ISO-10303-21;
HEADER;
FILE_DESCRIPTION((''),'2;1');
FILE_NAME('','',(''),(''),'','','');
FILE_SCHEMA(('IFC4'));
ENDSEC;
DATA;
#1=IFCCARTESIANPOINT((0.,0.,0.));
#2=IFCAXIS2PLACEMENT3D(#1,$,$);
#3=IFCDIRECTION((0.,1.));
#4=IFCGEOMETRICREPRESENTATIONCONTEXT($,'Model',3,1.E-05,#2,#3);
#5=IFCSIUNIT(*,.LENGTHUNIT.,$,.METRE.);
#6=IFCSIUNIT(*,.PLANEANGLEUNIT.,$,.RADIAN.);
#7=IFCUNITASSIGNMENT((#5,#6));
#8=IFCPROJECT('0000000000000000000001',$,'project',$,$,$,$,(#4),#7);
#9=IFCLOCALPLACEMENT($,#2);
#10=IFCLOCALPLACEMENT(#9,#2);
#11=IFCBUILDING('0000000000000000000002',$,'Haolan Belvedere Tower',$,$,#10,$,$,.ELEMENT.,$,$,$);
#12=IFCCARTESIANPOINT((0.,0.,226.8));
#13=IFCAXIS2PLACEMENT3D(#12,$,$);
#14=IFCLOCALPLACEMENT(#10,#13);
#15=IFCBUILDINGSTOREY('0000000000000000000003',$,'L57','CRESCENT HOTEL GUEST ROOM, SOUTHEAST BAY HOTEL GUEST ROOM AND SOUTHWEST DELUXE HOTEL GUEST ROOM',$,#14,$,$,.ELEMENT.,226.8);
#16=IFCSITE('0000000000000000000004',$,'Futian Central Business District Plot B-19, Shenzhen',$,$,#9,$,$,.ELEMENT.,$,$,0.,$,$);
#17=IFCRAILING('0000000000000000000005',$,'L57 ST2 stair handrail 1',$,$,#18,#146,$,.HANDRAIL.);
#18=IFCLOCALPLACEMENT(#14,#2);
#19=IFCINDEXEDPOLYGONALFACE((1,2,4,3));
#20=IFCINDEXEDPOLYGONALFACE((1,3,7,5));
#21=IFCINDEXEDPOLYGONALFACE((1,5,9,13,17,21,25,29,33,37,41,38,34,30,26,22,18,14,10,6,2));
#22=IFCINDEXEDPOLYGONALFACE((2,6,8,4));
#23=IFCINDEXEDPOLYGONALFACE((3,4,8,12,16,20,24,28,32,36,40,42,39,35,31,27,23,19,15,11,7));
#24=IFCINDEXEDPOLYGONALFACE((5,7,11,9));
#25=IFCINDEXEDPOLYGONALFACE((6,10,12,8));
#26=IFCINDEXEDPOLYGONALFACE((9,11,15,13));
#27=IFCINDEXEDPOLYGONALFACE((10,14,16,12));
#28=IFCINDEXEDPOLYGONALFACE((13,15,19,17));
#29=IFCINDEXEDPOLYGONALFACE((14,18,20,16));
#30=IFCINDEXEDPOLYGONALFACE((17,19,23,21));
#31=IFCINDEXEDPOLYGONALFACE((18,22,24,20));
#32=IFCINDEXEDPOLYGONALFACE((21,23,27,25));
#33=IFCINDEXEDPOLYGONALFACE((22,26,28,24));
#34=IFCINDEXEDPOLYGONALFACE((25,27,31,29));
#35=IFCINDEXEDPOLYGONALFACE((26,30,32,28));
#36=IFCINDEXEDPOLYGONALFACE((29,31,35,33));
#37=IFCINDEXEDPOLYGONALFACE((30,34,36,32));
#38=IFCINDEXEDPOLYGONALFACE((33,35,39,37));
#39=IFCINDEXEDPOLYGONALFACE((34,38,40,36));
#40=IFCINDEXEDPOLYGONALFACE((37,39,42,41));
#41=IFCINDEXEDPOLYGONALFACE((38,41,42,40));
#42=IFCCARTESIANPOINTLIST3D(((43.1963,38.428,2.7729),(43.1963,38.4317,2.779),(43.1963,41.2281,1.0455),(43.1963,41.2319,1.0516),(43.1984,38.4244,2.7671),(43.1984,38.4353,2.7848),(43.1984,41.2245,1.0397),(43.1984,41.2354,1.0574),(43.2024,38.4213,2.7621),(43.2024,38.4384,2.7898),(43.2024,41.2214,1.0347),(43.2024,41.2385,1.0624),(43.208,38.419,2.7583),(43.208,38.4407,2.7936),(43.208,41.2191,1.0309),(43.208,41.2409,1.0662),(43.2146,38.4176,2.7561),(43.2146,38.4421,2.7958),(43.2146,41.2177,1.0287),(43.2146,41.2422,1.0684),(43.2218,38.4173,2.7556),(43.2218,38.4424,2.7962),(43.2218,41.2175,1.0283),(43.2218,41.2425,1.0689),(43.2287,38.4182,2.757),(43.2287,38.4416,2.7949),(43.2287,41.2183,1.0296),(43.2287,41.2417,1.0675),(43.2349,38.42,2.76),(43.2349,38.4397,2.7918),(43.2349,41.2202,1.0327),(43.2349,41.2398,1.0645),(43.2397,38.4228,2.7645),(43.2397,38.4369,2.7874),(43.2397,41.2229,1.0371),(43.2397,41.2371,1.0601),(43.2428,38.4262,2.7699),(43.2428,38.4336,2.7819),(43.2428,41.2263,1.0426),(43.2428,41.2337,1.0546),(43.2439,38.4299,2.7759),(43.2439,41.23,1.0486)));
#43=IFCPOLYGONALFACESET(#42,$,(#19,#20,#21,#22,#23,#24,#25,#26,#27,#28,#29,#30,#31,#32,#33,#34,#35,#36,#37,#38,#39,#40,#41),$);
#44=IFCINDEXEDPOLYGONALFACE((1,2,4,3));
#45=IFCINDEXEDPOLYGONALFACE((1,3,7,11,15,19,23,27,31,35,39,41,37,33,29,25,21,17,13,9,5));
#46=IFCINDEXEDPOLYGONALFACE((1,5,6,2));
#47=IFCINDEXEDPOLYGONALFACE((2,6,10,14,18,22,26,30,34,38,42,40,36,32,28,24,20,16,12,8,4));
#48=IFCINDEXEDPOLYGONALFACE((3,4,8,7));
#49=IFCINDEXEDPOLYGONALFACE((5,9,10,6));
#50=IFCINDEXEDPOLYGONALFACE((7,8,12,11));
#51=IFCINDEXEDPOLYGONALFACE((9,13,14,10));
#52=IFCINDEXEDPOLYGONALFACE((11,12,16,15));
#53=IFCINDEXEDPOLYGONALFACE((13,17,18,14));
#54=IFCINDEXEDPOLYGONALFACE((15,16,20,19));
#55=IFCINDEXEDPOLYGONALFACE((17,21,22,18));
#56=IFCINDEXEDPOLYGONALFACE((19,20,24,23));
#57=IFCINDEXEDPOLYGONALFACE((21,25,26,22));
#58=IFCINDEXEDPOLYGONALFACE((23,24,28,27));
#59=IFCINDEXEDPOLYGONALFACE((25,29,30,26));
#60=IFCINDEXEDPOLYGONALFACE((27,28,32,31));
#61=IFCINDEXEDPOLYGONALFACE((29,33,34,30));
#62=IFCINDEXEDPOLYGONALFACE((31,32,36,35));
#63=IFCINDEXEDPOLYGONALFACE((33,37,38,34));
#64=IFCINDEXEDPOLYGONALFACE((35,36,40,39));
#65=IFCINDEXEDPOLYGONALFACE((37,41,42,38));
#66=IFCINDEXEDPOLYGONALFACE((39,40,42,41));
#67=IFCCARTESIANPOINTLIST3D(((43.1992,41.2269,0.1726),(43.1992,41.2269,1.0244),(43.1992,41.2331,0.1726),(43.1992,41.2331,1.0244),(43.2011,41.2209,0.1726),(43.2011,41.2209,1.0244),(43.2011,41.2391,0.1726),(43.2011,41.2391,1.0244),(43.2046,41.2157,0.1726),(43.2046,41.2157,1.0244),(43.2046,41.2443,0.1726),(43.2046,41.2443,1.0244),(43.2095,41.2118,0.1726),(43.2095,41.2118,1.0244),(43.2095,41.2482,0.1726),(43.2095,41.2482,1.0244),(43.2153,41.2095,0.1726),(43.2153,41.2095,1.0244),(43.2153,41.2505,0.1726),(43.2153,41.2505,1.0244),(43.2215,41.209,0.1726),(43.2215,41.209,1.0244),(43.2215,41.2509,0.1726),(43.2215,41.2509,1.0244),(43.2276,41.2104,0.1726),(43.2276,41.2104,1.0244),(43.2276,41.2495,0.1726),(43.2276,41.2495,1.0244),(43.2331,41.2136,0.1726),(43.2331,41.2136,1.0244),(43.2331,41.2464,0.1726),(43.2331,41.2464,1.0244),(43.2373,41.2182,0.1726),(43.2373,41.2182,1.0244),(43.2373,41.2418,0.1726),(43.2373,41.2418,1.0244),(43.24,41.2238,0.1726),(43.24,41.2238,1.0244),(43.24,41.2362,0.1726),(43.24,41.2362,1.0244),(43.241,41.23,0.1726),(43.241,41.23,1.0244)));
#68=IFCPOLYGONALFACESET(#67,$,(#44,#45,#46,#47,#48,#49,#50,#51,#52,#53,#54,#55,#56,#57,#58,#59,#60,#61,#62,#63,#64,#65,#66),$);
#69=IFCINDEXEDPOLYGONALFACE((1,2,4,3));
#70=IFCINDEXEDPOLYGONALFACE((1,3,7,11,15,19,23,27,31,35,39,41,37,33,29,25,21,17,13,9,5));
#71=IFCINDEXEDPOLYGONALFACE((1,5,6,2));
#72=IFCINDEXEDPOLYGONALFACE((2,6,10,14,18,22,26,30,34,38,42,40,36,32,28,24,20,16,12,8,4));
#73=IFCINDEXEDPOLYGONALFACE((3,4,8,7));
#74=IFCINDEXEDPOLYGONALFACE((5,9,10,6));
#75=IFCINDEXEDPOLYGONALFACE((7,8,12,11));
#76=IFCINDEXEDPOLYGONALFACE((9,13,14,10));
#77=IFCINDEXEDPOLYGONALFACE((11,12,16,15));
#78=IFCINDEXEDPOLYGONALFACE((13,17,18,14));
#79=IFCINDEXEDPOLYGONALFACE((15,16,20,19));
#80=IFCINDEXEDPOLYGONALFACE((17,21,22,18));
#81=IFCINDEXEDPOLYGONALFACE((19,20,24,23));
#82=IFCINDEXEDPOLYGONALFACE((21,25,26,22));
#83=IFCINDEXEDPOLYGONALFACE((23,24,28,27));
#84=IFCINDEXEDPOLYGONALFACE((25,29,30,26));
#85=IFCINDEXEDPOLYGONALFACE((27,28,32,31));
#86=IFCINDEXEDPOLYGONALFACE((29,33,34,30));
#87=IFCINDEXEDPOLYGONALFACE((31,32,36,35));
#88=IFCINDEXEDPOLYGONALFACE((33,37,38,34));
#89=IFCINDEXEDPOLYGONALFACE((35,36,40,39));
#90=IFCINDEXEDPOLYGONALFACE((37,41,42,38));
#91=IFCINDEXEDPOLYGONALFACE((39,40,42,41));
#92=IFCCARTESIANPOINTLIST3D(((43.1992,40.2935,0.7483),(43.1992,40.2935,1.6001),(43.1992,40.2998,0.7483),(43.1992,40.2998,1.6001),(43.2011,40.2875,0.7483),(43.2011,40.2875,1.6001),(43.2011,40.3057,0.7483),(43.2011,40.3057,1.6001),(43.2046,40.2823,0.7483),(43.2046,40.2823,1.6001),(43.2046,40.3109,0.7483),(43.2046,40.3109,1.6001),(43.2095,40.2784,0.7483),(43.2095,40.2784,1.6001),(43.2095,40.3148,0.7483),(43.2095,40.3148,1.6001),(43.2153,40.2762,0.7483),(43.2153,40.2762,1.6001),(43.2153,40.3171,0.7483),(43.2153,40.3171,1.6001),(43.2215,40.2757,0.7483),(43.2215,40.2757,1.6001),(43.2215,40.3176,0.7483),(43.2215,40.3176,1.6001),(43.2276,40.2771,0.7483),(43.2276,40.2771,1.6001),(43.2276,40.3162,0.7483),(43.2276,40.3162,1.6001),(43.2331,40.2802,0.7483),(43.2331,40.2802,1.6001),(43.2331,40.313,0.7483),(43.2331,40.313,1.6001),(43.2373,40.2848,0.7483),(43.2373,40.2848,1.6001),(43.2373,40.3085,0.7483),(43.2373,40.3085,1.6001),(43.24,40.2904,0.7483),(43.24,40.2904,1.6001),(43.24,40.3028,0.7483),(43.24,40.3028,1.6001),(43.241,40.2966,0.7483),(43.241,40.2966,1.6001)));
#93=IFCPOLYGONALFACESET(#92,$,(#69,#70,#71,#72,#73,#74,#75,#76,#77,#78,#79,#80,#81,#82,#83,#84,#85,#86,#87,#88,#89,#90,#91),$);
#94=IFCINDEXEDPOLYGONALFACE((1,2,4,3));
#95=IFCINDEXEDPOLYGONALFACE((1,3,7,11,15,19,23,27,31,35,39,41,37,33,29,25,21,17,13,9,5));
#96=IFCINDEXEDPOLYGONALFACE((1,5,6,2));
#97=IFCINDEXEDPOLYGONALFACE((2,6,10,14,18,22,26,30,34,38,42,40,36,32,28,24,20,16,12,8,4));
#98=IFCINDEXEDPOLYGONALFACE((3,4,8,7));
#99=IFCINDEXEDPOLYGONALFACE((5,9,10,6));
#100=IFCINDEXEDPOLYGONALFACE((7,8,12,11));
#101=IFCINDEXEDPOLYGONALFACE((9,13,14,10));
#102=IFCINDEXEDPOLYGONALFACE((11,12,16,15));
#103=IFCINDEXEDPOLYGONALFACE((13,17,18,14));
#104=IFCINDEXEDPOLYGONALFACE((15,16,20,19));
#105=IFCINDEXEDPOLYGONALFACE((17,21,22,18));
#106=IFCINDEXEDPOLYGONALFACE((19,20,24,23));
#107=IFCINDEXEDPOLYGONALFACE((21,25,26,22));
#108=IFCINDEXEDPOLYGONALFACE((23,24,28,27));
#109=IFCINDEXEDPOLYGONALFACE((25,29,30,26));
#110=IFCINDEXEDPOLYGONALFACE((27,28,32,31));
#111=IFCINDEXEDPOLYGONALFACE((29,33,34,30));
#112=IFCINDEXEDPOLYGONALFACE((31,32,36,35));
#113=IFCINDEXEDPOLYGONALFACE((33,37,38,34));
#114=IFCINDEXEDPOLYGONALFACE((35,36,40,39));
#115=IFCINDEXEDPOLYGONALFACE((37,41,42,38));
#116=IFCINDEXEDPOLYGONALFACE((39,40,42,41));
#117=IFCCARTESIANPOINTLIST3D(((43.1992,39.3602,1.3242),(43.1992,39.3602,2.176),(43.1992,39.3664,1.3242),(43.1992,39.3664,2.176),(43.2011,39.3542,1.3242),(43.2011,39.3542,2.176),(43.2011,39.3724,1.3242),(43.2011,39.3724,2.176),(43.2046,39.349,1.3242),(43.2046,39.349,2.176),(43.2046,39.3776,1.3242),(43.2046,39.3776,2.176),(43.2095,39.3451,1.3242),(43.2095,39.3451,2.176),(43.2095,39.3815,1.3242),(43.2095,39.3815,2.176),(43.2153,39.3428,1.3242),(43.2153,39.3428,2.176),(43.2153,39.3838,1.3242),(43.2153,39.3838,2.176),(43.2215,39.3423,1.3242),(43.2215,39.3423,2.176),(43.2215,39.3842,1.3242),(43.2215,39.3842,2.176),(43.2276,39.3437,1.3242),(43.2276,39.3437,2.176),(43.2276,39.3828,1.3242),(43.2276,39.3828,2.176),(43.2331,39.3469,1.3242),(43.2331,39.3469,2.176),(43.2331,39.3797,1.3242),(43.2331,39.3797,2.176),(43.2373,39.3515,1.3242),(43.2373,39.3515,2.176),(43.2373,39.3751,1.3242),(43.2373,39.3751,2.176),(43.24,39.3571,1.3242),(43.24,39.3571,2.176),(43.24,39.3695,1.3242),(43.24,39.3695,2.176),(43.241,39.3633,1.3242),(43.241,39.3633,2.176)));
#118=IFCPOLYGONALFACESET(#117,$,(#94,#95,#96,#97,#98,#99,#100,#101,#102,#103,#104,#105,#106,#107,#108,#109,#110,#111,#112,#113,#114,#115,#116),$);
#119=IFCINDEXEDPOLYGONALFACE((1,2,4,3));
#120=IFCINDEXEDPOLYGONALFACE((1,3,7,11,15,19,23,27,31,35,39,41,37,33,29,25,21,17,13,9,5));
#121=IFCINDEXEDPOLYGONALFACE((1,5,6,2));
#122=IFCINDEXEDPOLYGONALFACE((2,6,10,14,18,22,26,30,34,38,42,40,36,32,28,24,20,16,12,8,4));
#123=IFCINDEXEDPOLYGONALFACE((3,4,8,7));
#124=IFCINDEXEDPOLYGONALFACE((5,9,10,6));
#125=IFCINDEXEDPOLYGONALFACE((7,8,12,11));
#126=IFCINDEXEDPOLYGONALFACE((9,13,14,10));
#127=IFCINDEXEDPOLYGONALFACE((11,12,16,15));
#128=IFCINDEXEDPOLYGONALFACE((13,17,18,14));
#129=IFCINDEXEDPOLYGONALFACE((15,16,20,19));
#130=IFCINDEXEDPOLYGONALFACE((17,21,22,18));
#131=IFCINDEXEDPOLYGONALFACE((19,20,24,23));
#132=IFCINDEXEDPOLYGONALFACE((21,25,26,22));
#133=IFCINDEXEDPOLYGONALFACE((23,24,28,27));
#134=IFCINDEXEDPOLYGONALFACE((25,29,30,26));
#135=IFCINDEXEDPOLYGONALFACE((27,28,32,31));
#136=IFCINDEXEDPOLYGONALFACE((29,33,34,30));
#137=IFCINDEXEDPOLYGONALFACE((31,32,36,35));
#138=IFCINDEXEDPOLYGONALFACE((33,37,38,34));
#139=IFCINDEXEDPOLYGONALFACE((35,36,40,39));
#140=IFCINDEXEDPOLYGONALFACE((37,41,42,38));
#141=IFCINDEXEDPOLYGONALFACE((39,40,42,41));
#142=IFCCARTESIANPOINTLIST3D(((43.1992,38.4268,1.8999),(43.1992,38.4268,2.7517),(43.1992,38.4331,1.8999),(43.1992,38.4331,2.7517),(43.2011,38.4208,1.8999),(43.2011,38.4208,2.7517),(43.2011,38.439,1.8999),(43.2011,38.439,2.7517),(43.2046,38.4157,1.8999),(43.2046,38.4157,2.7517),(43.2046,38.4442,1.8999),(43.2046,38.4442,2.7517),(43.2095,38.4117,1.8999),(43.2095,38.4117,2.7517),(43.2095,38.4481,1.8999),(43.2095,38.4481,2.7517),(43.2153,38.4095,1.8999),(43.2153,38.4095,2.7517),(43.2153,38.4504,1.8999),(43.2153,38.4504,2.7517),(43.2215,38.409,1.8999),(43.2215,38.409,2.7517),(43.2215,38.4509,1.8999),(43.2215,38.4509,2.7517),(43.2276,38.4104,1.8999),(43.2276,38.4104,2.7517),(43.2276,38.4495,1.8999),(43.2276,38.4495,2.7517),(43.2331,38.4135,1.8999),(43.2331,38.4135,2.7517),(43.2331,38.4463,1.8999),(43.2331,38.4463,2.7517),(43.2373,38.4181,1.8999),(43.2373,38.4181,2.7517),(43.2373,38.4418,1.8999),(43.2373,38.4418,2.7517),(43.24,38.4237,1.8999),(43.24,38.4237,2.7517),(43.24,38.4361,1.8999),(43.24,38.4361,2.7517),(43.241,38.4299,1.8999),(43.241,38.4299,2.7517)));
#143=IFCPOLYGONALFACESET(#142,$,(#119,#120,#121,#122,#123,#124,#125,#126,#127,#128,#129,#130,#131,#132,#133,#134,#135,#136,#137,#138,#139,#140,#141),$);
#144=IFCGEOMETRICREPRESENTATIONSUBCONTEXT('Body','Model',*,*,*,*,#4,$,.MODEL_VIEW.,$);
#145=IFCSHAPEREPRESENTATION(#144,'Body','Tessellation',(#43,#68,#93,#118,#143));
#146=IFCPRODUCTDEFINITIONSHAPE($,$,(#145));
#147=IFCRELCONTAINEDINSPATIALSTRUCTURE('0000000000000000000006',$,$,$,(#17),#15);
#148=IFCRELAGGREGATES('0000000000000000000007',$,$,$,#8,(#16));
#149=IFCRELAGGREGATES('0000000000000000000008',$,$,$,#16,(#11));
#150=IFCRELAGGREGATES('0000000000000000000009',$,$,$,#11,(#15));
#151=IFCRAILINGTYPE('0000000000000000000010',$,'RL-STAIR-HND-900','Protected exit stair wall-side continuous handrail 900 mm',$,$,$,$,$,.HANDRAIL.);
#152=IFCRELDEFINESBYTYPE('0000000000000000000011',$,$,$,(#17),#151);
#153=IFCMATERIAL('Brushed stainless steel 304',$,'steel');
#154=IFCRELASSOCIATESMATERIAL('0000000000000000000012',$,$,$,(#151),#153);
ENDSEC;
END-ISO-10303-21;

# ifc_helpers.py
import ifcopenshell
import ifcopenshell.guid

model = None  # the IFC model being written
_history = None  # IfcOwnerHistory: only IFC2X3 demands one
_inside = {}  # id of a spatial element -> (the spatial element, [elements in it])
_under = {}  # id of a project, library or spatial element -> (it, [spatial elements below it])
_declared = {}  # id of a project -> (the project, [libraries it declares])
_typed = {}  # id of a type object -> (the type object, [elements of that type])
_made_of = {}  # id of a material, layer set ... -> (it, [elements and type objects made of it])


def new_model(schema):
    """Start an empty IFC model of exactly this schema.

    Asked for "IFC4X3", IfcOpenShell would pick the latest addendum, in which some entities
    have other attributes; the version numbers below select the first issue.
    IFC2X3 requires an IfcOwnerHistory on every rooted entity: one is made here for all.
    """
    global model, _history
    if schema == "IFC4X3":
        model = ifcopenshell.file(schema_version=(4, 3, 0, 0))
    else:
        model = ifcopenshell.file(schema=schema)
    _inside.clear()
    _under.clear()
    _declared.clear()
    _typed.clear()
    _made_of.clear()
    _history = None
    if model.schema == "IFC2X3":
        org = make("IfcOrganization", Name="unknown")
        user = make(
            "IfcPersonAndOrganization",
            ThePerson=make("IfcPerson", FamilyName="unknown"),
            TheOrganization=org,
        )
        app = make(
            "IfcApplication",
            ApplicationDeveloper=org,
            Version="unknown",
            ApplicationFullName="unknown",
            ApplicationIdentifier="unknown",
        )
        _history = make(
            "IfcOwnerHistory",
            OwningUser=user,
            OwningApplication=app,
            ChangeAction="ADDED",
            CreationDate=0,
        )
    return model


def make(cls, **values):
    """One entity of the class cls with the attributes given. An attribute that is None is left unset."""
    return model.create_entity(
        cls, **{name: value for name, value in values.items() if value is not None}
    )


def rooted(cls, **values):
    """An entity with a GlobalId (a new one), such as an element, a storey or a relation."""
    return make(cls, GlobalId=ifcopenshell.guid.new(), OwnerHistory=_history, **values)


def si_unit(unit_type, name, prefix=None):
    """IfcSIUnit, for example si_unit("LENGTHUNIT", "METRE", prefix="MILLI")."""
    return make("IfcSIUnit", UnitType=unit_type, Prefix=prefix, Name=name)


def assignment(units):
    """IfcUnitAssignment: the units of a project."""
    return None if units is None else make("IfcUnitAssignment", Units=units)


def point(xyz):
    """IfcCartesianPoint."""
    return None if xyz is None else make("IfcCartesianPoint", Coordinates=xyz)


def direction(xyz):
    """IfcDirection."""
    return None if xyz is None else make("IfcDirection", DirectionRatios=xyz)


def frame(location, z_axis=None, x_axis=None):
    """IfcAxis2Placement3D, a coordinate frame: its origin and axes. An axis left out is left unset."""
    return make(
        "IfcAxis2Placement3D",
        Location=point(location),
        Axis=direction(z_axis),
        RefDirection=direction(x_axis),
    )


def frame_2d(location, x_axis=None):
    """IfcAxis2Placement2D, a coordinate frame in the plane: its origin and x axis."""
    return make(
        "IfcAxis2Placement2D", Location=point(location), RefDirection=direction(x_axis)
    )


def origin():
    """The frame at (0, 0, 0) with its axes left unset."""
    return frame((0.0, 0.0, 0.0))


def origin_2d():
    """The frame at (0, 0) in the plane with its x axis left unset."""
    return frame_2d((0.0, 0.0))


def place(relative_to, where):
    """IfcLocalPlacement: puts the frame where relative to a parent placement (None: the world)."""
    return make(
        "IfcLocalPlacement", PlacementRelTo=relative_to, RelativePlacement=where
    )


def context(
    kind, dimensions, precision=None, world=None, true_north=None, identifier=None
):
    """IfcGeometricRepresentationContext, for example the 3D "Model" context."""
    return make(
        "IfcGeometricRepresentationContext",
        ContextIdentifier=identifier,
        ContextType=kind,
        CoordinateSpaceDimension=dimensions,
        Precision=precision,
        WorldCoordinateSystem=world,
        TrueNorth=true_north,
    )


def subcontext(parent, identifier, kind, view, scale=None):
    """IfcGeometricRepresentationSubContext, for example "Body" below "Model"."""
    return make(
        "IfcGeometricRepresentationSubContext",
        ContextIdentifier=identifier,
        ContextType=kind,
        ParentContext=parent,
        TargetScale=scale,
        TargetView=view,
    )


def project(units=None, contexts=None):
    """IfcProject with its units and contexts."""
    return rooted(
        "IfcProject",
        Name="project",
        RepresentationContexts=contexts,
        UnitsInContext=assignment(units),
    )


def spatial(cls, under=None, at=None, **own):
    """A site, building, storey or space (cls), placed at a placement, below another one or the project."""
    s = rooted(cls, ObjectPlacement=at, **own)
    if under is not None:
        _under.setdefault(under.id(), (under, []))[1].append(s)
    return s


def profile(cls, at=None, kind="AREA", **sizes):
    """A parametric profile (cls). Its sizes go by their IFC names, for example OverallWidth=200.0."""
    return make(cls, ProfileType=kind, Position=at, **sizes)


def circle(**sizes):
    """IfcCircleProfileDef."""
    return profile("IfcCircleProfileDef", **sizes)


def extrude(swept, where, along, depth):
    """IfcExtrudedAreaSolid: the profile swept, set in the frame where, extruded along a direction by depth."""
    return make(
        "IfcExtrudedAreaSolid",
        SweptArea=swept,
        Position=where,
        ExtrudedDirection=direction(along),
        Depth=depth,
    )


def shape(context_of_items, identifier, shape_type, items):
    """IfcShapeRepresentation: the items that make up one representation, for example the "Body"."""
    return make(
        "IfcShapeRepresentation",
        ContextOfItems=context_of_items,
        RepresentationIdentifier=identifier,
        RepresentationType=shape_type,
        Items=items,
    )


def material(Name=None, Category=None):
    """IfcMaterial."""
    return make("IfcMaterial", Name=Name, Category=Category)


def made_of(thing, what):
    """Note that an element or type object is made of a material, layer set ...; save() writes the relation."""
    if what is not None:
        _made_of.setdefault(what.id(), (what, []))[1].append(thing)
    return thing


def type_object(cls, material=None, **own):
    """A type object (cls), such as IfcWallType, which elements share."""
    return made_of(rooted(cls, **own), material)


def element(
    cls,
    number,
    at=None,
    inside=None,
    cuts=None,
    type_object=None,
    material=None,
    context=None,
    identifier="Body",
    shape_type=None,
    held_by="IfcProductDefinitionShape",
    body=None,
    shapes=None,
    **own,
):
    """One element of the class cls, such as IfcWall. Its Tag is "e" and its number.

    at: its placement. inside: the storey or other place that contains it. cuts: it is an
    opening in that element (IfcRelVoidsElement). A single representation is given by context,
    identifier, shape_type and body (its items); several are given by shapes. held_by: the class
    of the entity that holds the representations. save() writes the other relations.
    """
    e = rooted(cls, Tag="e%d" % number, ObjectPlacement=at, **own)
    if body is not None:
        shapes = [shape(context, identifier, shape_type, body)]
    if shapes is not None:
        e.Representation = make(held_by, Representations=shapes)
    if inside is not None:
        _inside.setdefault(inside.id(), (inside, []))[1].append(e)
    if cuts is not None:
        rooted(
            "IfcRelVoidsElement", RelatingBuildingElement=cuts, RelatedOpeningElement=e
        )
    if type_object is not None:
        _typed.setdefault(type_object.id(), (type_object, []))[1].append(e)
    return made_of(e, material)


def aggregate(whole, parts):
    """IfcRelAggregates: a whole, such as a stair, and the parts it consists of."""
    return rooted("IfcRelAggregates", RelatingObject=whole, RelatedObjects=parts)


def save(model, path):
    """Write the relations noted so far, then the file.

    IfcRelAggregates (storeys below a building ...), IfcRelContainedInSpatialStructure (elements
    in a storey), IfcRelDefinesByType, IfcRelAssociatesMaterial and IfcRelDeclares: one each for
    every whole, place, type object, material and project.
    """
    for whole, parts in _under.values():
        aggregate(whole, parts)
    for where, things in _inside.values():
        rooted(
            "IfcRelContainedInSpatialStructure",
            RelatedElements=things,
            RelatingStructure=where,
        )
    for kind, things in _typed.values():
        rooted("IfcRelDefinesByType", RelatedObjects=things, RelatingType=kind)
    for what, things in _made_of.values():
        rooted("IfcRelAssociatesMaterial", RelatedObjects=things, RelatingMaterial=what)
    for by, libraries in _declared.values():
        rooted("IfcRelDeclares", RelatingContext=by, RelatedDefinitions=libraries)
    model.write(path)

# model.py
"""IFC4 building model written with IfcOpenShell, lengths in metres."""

from ifc_helpers import new_model, si_unit, direction, frame, origin, origin_2d, place, context, subcontext, project, spatial, circle, extrude, material, type_object, element, save


model = new_model("IFC4")

# Units and contexts
model_context = context("Model", 3, precision=1e-05, world=origin(), true_north=direction((0.0, 1.0)))
body_context = subcontext(model_context, "Body", "Model", "MODEL_VIEW")
ifc_project = project(units=[si_unit("LENGTHUNIT", "METRE"), si_unit("PLANEANGLEUNIT", "RADIAN")], contexts=[model_context])

# Site, building, storey
site_placement = place(None, origin())
site = spatial("IfcSite", under=ifc_project, at=site_placement, Name="Futian Central Business District Plot B-19, Shenzhen", CompositionType="ELEMENT", RefElevation=0.0)
building_placement = place(site_placement, origin())
building = spatial("IfcBuilding", under=site, at=building_placement, Name="Haolan Belvedere Tower", CompositionType="ELEMENT")
storey_placement = place(building_placement, frame((0.0, 0.0, 226.8)))
storey = spatial("IfcBuildingStorey", under=building, at=storey_placement, Name="L57", Description="CRESCENT HOTEL GUEST ROOM, SOUTHEAST BAY HOTEL GUEST ROOM AND SOUTHWEST DELUXE HOTEL GUEST ROOM", CompositionType="ELEMENT", Elevation=226.8)

# Railing
ifc_material_1 = material(Name="Brushed stainless steel 304", Category="steel")
railing_type_1 = type_object("IfcRailingType", Name="RL-STAIR-HND-900", Description="Protected exit stair wall-side continuous handrail 900 mm", PredefinedType="HANDRAIL", material=ifc_material_1)
railing_1_placement = place(storey_placement, frame((43.22, 41.23, 0.1726)))
element("IfcRailing", 1, at=railing_1_placement, inside=storey, type_object=railing_type_1, Name="L57 ST2 stair handrail 1", PredefinedType="HANDRAIL", context=body_context, shape_type="SweptSolid", body=[
    extrude(circle(Radius=0.0239, at=origin_2d()), frame((0.0, 0.0, 0.876), z_axis=(0.0, -0.85109, 0.52502), x_axis=(1.0, 0.0, 0.0)), (0.0, 0.0, 1.0), 3.29),
    extrude(circle(Radius=0.021, at=origin_2d()), origin(), (0.0, 0.0, 1.0), 0.8518),
    extrude(circle(Radius=0.021, at=origin_2d()), frame((0.0, -0.9333, 0.5757)), (0.0, 0.0, 1.0), 0.8518),
    extrude(circle(Radius=0.021, at=origin_2d()), frame((0.0, -1.8667, 1.1516)), (0.0, 0.0, 1.0), 0.8518),
    extrude(circle(Radius=0.021, at=origin_2d()), frame((0.0, -2.8, 1.7273)), (0.0, 0.0, 1.0), 0.8518),
])

save(model, "model.ifc")
